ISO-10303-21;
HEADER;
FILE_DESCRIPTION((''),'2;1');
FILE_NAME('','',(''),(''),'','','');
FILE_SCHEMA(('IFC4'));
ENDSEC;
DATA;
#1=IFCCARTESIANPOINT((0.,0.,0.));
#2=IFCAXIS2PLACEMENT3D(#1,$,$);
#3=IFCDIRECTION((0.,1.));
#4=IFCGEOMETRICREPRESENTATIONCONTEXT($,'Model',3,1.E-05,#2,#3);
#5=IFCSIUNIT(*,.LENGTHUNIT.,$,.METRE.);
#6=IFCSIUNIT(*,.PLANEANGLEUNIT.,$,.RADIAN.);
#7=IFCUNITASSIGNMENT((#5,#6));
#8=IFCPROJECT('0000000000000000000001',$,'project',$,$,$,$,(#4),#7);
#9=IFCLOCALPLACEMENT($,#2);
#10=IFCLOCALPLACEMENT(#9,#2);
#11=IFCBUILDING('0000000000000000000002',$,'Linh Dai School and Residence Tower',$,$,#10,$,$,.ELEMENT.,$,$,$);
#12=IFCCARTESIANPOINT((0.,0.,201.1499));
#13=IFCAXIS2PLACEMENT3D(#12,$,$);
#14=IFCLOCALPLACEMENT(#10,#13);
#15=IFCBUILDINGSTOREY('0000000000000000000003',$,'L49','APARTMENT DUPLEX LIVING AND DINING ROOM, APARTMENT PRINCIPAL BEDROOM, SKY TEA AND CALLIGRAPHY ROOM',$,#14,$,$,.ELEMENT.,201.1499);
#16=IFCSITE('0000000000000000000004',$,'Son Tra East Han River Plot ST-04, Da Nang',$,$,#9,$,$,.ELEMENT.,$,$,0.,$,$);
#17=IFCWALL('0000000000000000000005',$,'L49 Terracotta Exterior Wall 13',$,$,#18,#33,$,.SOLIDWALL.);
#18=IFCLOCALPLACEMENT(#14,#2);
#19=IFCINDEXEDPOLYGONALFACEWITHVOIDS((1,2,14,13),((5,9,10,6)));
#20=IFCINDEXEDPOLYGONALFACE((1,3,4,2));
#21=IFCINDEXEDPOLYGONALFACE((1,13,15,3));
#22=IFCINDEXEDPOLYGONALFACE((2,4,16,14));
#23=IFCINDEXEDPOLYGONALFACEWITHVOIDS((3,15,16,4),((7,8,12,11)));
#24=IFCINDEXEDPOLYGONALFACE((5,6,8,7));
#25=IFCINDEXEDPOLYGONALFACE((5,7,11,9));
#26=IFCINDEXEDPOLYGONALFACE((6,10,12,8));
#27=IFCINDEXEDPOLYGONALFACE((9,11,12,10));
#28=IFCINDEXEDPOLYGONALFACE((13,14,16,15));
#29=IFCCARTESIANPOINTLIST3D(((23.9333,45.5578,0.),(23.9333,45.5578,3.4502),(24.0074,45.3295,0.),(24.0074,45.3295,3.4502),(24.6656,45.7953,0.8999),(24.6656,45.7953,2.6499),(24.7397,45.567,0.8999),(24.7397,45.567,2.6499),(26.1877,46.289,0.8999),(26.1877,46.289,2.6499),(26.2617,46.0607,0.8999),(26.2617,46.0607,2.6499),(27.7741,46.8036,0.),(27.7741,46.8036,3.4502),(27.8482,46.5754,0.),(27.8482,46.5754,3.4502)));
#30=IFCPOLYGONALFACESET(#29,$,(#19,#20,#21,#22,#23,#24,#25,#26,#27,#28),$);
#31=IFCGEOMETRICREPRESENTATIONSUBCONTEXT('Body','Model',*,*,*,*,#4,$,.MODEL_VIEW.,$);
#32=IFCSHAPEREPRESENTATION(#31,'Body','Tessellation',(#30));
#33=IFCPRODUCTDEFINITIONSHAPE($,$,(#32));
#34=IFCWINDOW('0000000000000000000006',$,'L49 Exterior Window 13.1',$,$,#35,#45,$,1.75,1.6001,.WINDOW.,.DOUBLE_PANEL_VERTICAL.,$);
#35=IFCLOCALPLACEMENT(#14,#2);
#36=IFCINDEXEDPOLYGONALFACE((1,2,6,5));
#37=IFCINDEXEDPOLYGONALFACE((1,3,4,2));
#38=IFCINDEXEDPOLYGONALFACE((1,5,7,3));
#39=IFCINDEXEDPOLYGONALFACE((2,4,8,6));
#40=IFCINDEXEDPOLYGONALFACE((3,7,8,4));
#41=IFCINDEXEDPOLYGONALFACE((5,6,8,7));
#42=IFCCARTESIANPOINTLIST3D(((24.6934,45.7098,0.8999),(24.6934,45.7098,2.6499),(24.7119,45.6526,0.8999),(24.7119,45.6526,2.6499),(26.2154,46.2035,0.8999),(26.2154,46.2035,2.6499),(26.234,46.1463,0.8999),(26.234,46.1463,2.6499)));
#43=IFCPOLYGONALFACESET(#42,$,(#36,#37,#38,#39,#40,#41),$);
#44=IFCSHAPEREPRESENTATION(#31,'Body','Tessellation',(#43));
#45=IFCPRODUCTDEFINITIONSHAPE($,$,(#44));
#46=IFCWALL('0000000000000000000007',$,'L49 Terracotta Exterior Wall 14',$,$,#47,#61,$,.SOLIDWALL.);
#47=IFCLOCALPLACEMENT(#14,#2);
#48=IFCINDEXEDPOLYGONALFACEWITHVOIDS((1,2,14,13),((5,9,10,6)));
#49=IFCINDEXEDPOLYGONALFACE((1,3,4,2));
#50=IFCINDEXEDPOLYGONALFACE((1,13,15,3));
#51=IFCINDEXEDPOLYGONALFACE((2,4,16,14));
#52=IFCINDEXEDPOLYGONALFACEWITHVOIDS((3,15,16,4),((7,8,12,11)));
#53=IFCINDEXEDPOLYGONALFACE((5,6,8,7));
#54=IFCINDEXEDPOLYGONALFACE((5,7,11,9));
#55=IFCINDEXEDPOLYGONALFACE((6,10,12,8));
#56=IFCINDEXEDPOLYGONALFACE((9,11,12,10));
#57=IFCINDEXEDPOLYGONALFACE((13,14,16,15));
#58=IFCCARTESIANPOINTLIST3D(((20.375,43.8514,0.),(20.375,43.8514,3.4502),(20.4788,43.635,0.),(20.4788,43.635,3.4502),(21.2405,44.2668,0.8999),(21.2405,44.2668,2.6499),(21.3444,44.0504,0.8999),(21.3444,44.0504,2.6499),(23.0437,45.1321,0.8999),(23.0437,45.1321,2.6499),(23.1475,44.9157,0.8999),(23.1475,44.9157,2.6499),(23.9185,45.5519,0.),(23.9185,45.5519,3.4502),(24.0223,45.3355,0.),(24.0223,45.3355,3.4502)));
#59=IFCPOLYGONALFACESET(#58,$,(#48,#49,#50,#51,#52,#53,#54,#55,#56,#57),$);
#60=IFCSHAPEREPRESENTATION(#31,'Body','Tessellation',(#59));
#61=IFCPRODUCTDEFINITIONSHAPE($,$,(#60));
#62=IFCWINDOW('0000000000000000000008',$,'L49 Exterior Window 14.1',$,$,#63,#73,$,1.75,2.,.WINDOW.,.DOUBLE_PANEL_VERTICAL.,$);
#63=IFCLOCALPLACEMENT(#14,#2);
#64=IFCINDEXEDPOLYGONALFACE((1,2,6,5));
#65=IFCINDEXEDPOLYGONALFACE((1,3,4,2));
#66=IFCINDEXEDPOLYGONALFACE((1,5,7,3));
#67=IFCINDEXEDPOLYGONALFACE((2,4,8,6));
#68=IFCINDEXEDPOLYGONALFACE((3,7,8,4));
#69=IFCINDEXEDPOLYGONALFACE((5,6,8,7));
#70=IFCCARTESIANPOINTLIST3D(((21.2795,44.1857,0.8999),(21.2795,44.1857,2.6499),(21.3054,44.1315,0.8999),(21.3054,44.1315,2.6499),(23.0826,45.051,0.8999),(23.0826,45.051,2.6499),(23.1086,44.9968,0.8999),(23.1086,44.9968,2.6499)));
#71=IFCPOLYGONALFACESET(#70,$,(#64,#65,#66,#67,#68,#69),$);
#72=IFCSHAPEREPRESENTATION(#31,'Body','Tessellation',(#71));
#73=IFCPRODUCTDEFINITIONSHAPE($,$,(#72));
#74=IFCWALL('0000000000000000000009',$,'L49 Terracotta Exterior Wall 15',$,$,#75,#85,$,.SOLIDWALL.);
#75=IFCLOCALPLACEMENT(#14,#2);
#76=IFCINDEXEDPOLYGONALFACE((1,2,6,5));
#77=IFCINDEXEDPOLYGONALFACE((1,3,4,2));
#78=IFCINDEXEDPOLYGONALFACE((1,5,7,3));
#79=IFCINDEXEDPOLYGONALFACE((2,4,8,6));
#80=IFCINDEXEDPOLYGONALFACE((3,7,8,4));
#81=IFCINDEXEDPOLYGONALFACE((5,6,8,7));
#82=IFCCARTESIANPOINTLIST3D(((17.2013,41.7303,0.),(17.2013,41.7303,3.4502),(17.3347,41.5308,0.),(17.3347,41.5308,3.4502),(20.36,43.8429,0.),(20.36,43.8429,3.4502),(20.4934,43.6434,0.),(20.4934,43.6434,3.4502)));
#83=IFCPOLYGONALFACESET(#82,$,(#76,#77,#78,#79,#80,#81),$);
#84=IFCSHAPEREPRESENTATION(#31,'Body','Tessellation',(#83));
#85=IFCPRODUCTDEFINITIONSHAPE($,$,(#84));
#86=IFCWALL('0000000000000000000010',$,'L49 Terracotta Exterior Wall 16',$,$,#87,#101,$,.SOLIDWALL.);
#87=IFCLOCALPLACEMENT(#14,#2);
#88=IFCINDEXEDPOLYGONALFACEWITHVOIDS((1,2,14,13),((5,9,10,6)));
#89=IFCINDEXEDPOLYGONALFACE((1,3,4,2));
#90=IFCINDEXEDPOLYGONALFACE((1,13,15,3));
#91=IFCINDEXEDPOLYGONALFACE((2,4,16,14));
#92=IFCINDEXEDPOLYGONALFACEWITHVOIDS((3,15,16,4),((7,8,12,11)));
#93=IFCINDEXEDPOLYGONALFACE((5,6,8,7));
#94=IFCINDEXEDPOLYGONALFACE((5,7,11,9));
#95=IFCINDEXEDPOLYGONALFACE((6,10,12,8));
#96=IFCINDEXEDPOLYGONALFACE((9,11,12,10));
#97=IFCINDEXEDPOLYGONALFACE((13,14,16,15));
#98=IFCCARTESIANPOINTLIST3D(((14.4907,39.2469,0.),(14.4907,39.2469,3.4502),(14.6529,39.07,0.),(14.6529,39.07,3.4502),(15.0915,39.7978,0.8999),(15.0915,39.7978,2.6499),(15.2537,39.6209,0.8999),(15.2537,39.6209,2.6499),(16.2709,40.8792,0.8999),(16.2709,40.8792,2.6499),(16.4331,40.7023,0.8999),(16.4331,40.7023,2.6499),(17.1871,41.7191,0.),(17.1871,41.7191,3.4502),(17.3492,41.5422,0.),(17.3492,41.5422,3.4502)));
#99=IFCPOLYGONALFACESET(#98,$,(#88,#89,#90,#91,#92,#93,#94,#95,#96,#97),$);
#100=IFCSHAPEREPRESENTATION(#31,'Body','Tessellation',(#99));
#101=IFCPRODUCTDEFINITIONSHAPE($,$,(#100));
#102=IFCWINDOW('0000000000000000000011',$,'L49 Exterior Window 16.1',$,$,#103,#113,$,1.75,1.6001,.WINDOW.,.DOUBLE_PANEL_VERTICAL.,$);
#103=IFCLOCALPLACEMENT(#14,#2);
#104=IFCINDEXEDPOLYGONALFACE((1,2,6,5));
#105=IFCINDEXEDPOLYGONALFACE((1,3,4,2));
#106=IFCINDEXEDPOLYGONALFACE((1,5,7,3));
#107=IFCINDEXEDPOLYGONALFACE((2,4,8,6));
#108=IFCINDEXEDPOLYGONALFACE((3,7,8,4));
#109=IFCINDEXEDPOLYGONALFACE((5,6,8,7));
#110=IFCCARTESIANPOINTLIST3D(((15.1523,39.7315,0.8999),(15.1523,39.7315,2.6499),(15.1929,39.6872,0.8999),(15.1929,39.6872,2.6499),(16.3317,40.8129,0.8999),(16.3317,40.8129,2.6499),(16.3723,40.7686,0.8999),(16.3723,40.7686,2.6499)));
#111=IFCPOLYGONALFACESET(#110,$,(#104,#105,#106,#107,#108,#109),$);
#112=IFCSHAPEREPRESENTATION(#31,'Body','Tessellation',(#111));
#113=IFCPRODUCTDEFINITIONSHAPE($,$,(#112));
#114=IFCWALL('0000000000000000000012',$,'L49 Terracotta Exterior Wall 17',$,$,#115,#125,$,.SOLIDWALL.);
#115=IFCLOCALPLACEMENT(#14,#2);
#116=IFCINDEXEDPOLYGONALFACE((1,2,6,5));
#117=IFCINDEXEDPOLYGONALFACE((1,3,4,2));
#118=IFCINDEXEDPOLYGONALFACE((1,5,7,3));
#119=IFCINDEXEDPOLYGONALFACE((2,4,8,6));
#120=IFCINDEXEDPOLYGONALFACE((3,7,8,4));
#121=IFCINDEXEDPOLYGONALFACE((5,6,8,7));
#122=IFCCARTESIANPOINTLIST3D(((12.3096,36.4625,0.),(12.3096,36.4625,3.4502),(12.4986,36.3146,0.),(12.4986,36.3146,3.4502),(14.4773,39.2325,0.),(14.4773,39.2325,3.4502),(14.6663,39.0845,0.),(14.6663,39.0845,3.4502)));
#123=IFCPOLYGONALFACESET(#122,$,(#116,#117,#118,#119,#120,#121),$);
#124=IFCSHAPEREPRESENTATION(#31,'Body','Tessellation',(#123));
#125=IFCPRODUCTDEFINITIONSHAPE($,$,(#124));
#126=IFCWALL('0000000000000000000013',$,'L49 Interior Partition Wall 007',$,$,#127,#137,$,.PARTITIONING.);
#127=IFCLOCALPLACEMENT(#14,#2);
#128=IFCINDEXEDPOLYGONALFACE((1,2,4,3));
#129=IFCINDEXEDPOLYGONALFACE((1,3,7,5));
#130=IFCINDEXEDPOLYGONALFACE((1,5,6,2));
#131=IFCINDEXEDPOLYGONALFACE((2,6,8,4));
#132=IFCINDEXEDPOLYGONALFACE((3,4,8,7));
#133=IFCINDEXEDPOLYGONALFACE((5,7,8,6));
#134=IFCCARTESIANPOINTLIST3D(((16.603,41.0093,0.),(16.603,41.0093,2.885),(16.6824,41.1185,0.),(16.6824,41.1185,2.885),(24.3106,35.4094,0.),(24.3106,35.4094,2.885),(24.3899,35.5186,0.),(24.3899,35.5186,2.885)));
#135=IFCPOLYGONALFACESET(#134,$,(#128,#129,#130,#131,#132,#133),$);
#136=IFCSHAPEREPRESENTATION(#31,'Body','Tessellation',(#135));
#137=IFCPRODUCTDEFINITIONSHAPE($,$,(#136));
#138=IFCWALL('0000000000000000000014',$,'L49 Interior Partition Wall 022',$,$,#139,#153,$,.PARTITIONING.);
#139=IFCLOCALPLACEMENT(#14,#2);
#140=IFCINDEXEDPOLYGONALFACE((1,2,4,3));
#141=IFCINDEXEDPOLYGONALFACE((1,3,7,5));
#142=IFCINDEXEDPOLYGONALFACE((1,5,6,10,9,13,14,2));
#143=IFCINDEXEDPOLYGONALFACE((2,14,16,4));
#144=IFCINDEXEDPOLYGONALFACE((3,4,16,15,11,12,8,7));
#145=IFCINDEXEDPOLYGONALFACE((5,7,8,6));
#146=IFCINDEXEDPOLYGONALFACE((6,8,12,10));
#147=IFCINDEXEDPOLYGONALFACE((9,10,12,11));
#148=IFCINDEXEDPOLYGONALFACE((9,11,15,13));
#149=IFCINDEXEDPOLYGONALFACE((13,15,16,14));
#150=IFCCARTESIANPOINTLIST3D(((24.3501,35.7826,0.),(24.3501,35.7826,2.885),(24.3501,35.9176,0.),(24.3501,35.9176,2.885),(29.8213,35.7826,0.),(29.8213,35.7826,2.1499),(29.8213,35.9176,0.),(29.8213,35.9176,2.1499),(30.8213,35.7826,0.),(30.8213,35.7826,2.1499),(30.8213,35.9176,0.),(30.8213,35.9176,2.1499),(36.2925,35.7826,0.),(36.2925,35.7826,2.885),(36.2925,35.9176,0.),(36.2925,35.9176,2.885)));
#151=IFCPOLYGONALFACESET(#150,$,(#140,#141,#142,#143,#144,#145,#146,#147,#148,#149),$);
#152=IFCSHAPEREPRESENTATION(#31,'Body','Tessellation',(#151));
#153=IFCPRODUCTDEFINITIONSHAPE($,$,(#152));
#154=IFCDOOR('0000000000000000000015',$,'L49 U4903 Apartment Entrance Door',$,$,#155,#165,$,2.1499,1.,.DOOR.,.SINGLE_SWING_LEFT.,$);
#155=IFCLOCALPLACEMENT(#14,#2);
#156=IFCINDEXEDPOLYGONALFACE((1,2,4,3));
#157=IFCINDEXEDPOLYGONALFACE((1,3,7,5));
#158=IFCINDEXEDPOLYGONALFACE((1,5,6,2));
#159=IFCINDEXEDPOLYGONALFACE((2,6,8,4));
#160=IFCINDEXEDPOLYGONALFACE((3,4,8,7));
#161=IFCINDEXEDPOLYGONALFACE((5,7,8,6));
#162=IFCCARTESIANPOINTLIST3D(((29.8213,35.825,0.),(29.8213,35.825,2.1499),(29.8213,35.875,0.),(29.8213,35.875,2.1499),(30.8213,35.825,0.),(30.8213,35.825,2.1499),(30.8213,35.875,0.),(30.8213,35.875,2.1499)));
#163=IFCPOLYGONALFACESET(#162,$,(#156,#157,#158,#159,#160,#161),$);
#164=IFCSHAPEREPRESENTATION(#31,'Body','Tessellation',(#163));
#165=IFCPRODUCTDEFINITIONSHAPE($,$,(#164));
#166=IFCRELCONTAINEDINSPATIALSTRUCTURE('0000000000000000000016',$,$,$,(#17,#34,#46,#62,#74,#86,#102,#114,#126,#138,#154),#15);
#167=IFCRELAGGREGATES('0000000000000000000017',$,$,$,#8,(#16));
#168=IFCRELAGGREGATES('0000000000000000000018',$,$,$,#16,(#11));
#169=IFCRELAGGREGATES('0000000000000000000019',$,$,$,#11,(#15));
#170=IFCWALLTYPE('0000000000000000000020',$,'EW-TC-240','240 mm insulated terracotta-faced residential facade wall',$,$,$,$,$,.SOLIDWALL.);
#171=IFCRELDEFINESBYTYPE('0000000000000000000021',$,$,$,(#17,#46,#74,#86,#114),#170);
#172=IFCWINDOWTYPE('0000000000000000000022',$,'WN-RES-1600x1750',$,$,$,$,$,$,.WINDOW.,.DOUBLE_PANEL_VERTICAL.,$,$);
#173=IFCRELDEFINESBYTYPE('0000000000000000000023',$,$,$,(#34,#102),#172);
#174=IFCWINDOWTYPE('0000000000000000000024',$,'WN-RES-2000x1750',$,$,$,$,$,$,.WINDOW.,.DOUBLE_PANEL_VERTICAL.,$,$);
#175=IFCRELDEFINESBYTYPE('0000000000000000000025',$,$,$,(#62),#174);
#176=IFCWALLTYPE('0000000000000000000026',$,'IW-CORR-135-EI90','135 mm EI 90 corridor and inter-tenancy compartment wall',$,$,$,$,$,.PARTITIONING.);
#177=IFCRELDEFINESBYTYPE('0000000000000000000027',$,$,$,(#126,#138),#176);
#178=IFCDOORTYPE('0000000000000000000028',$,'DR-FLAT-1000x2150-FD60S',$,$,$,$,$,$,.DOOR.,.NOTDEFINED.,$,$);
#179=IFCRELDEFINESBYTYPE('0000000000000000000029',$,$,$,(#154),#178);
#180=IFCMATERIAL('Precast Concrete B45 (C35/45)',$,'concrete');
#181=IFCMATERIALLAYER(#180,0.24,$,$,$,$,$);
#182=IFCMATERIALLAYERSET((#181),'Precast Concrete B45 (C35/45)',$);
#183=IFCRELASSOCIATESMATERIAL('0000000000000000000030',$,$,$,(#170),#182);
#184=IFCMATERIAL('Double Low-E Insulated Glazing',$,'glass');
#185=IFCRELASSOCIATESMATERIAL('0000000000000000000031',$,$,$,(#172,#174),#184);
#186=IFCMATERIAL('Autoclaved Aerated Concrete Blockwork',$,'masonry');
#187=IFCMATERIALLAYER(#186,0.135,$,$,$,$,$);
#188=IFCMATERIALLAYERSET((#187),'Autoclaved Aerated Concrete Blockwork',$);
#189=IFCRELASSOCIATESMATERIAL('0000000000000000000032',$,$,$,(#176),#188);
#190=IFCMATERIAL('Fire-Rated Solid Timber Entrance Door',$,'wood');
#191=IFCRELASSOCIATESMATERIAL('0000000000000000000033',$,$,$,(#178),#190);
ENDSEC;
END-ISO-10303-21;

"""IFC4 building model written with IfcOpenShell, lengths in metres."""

from ifc_helpers import new_model, si_unit, direction, frame, frame_2d, origin, origin_2d, place, context, subcontext, project, spatial, rectangle, extrude, source, transform, mapped, material, layer, layer_set, type_object, element, fill, save


model = new_model("IFC4")

# Units and contexts
model_context = context("Model", 3, precision=1e-05, world=origin(), true_north=direction((0.0, 1.0)))
body_context = subcontext(model_context, "Body", "Model", "MODEL_VIEW")
ifc_project = project(units=[si_unit("LENGTHUNIT", "METRE"), si_unit("PLANEANGLEUNIT", "RADIAN")], contexts=[model_context])

# Site, building, storey
site_placement = place(None, origin())
site = spatial("IfcSite", under=ifc_project, at=site_placement, Name="Son Tra East Han River Plot ST-04, Da Nang", CompositionType="ELEMENT", RefElevation=0.0)
building_placement = place(site_placement, origin())
building = spatial("IfcBuilding", under=site, at=building_placement, Name="Linh Dai School and Residence Tower", CompositionType="ELEMENT")
storey_placement = place(building_placement, frame((0.0, 0.0, 201.1499)))
storey = spatial("IfcBuildingStorey", under=building, at=storey_placement, Name="L49", Description="APARTMENT DUPLEX LIVING AND DINING ROOM, APARTMENT PRINCIPAL BEDROOM, SKY TEA AND CALLIGRAPHY ROOM", CompositionType="ELEMENT", Elevation=201.1499)

# Shared definitions
ifc_material_1 = material(Name="Precast Concrete B45 (C35/45)", Category="concrete")

# Walls, openings, windows
ifc_layer_1 = layer(ifc_material_1, 0.24)
ifc_layer_set_1 = layer_set([ifc_layer_1], Name="Precast Concrete B45 (C35/45)")
wall_type_1 = type_object("IfcWallType", Name="EW-TC-240", Description="240 mm insulated terracotta-faced residential facade wall", PredefinedType="SOLIDWALL", material=ifc_layer_set_1)
wall_1_placement = place(storey_placement, frame((23.9702, 45.4436, 0.0), z_axis=(0.0, 0.0, 1.0), x_axis=(0.95121, 0.308545, 0.0)))
wall_1 = element("IfcWall", 1, at=wall_1_placement, inside=storey, type_object=wall_type_1, Name="L49 Terracotta Exterior Wall 13", PredefinedType="SOLIDWALL", context=body_context, shape_type="SweptSolid", body=[
    extrude(rectangle(XDim=4.0378, YDim=0.24, at=frame_2d((2.019, 0.0))), origin(), (0.0, 0.0, 1.0), 3.4502),
])
opening_1_placement = place(wall_1_placement, frame((0.77, 0.0, 0.8999)))
opening_1 = element("IfcOpeningElement", 2, at=opening_1_placement, cuts=wall_1, PredefinedType="OPENING", context=body_context, shape_type="SweptSolid", body=[
    extrude(rectangle(XDim=1.6001, YDim=1.75, at=origin_2d()), frame((0.8, 0.1299, 0.875), z_axis=(0.0, -1.0, 0.0), x_axis=(1.0, 0.0, 0.0)), (0.0, 0.0, 1.0), 0.26),
])
ifc_material_2 = material(Name="Double Low-E Insulated Glazing", Category="glass")
window_type_1 = type_object("IfcWindowType", Name="WN-RES-1600x1750", PartitioningType="DOUBLE_PANEL_VERTICAL", PredefinedType="WINDOW", material=ifc_material_2)
shared_shape_1 = source(origin(), body_context, "Body", "SweptSolid", [
    extrude(rectangle(XDim=1.6001, YDim=1.75, at=origin_2d()), frame((0.8, 0.03, 0.875), z_axis=(0.0, -1.0, 0.0), x_axis=(1.0, 0.0, 0.0)), (0.0, 0.0, 1.0), 0.0601),
])
window_1_placement = place(opening_1_placement, origin())
window_1 = element("IfcWindow", 3, at=window_1_placement, inside=storey, type_object=window_type_1, Name="L49 Exterior Window 13.1", OverallHeight=1.75, OverallWidth=1.6001, PartitioningType="DOUBLE_PANEL_VERTICAL", PredefinedType="WINDOW", context=body_context, shape_type="MappedRepresentation", body=[
    mapped(shared_shape_1, transform((0.0, 0.0, 0.0), x_axis=(1.0, 0.0, 0.0), y_axis=(0.0, 1.0, 0.0), z_axis=(0.0, 0.0, 1.0), scale=1.0)),
])
fill(opening_1, window_1)
wall_2_placement = place(storey_placement, frame((20.4268, 43.7432, 0.0), z_axis=(0.0, 0.0, 1.0), x_axis=(0.901565, 0.432644, 0.0)))
wall_2 = element("IfcWall", 4, at=wall_2_placement, inside=storey, type_object=wall_type_1, Name="L49 Terracotta Exterior Wall 14", PredefinedType="SOLIDWALL", context=body_context, shape_type="SweptSolid", body=[
    extrude(rectangle(XDim=3.9304, YDim=0.24, at=frame_2d((1.9653, 0.0))), origin(), (0.0, 0.0, 1.0), 3.4502),
])
opening_2_placement = place(wall_2_placement, frame((0.9602, 0.0, 0.8999)))
opening_2 = element("IfcOpeningElement", 5, at=opening_2_placement, cuts=wall_2, PredefinedType="OPENING", context=body_context, shape_type="SweptSolid", body=[
    extrude(rectangle(XDim=2.0, YDim=1.75, at=origin_2d()), frame((1.0, 0.1299, 0.875), z_axis=(0.0, -1.0, 0.0), x_axis=(1.0, 0.0, 0.0)), (0.0, 0.0, 1.0), 0.26),
])
window_type_2 = type_object("IfcWindowType", Name="WN-RES-2000x1750", PartitioningType="DOUBLE_PANEL_VERTICAL", PredefinedType="WINDOW", material=ifc_material_2)
shared_shape_2 = source(origin(), body_context, "Body", "SweptSolid", [
    extrude(rectangle(XDim=2.0, YDim=1.75, at=origin_2d()), frame((1.0, 0.03, 0.875), z_axis=(0.0, -1.0, 0.0), x_axis=(1.0, 0.0, 0.0)), (0.0, 0.0, 1.0), 0.0601),
])
window_2_placement = place(opening_2_placement, origin())
window_2 = element("IfcWindow", 6, at=window_2_placement, inside=storey, type_object=window_type_2, Name="L49 Exterior Window 14.1", OverallHeight=1.75, OverallWidth=2.0, PartitioningType="DOUBLE_PANEL_VERTICAL", PredefinedType="WINDOW", context=body_context, shape_type="MappedRepresentation", body=[
    mapped(shared_shape_2, transform((0.0, 0.0, 0.0), x_axis=(1.0, 0.0, 0.0), y_axis=(0.0, 1.0, 0.0), z_axis=(0.0, 0.0, 1.0), scale=1.0)),
])
fill(opening_2, window_2)

# Wall
wall_3_placement = place(storey_placement, frame((17.2681, 41.6306, 0.0), z_axis=(0.0, 0.0, 1.0), x_axis=(0.831229, 0.55593, 0.0)))
element("IfcWall", 7, at=wall_3_placement, inside=storey, type_object=wall_type_1, Name="L49 Terracotta Exterior Wall 15", PredefinedType="SOLIDWALL", context=body_context, shape_type="SweptSolid", body=[
    extrude(rectangle(XDim=3.8, YDim=0.24, at=frame_2d((1.8999, 0.0))), origin(), (0.0, 0.0, 1.0), 3.4502),
])

# Wall, opening, window
wall_4_placement = place(storey_placement, frame((14.5718, 39.1584, 0.0), z_axis=(0.0, 0.0, 1.0), x_axis=(0.737077, 0.675809, 0.0)))
wall_4 = element("IfcWall", 8, at=wall_4_placement, inside=storey, type_object=wall_type_1, Name="L49 Terracotta Exterior Wall 16", PredefinedType="SOLIDWALL", context=body_context, shape_type="SweptSolid", body=[
    extrude(rectangle(XDim=3.6582, YDim=0.24, at=frame_2d((1.8291, 0.0))), origin(), (0.0, 0.0, 1.0), 3.4502),
])
opening_3_placement = place(wall_4_placement, frame((0.8152, 0.0, 0.8999)))
opening_3 = element("IfcOpeningElement", 9, at=opening_3_placement, cuts=wall_4, PredefinedType="OPENING", context=body_context, shape_type="SweptSolid", body=[
    extrude(rectangle(XDim=1.6001, YDim=1.75, at=origin_2d()), frame((0.8, 0.1299, 0.875), z_axis=(0.0, -1.0, 0.0), x_axis=(1.0, 0.0, 0.0)), (0.0, 0.0, 1.0), 0.26),
])
window_3_placement = place(opening_3_placement, origin())
window_3 = element("IfcWindow", 10, at=window_3_placement, inside=storey, type_object=window_type_1, Name="L49 Exterior Window 16.1", OverallHeight=1.75, OverallWidth=1.6001, PartitioningType="DOUBLE_PANEL_VERTICAL", PredefinedType="WINDOW", context=body_context, shape_type="MappedRepresentation", body=[
    mapped(shared_shape_1, transform((0.0, 0.0, 0.0), x_axis=(1.0, 0.0, 0.0), y_axis=(0.0, 1.0, 0.0), z_axis=(0.0, 0.0, 1.0), scale=1.0)),
])
fill(opening_3, window_3)

# Walls
wall_5_placement = place(storey_placement, frame((12.4041, 36.3884, 0.0), z_axis=(0.0, 0.0, 1.0), x_axis=(0.616288, 0.787521, 0.0)))
element("IfcWall", 11, at=wall_5_placement, inside=storey, type_object=wall_type_1, Name="L49 Terracotta Exterior Wall 17", PredefinedType="SOLIDWALL", context=body_context, shape_type="SweptSolid", body=[
    extrude(rectangle(XDim=3.5173, YDim=0.24, at=frame_2d((1.7588, 0.0))), origin(), (0.0, 0.0, 1.0), 3.4502),
])
ifc_material_3 = material(Name="Autoclaved Aerated Concrete Blockwork", Category="masonry")
ifc_layer_2 = layer(ifc_material_3, 0.135)
ifc_layer_set_2 = layer_set([ifc_layer_2], Name="Autoclaved Aerated Concrete Blockwork")
wall_type_2 = type_object("IfcWallType", Name="IW-CORR-135-EI90", Description="135 mm EI 90 corridor and inter-tenancy compartment wall", PredefinedType="PARTITIONING", material=ifc_layer_set_2)
wall_6_placement = place(storey_placement, frame((16.6426, 41.064, 0.0), z_axis=(0.0, 0.0, 1.0), x_axis=(0.809016, -0.587786, 0.0)))
element("IfcWall", 12, at=wall_6_placement, inside=storey, type_object=wall_type_2, Name="L49 Interior Partition Wall 007", PredefinedType="PARTITIONING", context=body_context, shape_type="SweptSolid", body=[
    extrude(rectangle(XDim=9.5271, YDim=0.135, at=frame_2d((4.7637, 0.0))), origin(), (0.0, 0.0, 1.0), 2.885),
])

# Wall, opening, door
wall_7_placement = place(storey_placement, frame((24.3501, 35.8501, 0.0), z_axis=(0.0, 0.0, 1.0), x_axis=(1.0, 0.0, 0.0)))
wall_7 = element("IfcWall", 13, at=wall_7_placement, inside=storey, type_object=wall_type_2, Name="L49 Interior Partition Wall 022", PredefinedType="PARTITIONING", context=body_context, shape_type="SweptSolid", body=[
    extrude(rectangle(XDim=11.9424, YDim=0.135, at=frame_2d((5.9712, 0.0))), origin(), (0.0, 0.0, 1.0), 2.885),
])
opening_4_placement = place(wall_7_placement, frame((5.4712, 0.0, 0.0)))
opening_4 = element("IfcOpeningElement", 14, at=opening_4_placement, cuts=wall_7, PredefinedType="OPENING", context=body_context, shape_type="SweptSolid", body=[
    extrude(rectangle(XDim=1.0, YDim=2.1499, at=origin_2d()), frame((0.5, 0.0776, 1.075), z_axis=(0.0, -1.0, 0.0), x_axis=(1.0, 0.0, 0.0)), (0.0, 0.0, 1.0), 0.155),
])
ifc_material_4 = material(Name="Fire-Rated Solid Timber Entrance Door", Category="wood")
door_type_1 = type_object("IfcDoorType", Name="DR-FLAT-1000x2150-FD60S", OperationType="NOTDEFINED", PredefinedType="DOOR", material=ifc_material_4)
shared_shape_3 = source(origin(), body_context, "Body", "SweptSolid", [
    extrude(rectangle(XDim=1.0, YDim=2.1499, at=origin_2d()), frame((0.5, 0.0249, 1.075), z_axis=(0.0, -1.0, 0.0), x_axis=(1.0, 0.0, 0.0)), (0.0, 0.0, 1.0), 0.05),
])
door_1_placement = place(opening_4_placement, origin())
door_1 = element("IfcDoor", 15, at=door_1_placement, inside=storey, type_object=door_type_1, Name="L49 U4903 Apartment Entrance Door", OperationType="SINGLE_SWING_LEFT", OverallHeight=2.1499, OverallWidth=1.0, PredefinedType="DOOR", context=body_context, shape_type="MappedRepresentation", body=[
    mapped(shared_shape_3, transform((0.0, 0.0, 0.0), x_axis=(1.0, 0.0, 0.0), y_axis=(0.0, 1.0, 0.0), z_axis=(0.0, 0.0, 1.0), scale=1.0)),
])
fill(opening_4, door_1)

save(model, "model.ifc")
